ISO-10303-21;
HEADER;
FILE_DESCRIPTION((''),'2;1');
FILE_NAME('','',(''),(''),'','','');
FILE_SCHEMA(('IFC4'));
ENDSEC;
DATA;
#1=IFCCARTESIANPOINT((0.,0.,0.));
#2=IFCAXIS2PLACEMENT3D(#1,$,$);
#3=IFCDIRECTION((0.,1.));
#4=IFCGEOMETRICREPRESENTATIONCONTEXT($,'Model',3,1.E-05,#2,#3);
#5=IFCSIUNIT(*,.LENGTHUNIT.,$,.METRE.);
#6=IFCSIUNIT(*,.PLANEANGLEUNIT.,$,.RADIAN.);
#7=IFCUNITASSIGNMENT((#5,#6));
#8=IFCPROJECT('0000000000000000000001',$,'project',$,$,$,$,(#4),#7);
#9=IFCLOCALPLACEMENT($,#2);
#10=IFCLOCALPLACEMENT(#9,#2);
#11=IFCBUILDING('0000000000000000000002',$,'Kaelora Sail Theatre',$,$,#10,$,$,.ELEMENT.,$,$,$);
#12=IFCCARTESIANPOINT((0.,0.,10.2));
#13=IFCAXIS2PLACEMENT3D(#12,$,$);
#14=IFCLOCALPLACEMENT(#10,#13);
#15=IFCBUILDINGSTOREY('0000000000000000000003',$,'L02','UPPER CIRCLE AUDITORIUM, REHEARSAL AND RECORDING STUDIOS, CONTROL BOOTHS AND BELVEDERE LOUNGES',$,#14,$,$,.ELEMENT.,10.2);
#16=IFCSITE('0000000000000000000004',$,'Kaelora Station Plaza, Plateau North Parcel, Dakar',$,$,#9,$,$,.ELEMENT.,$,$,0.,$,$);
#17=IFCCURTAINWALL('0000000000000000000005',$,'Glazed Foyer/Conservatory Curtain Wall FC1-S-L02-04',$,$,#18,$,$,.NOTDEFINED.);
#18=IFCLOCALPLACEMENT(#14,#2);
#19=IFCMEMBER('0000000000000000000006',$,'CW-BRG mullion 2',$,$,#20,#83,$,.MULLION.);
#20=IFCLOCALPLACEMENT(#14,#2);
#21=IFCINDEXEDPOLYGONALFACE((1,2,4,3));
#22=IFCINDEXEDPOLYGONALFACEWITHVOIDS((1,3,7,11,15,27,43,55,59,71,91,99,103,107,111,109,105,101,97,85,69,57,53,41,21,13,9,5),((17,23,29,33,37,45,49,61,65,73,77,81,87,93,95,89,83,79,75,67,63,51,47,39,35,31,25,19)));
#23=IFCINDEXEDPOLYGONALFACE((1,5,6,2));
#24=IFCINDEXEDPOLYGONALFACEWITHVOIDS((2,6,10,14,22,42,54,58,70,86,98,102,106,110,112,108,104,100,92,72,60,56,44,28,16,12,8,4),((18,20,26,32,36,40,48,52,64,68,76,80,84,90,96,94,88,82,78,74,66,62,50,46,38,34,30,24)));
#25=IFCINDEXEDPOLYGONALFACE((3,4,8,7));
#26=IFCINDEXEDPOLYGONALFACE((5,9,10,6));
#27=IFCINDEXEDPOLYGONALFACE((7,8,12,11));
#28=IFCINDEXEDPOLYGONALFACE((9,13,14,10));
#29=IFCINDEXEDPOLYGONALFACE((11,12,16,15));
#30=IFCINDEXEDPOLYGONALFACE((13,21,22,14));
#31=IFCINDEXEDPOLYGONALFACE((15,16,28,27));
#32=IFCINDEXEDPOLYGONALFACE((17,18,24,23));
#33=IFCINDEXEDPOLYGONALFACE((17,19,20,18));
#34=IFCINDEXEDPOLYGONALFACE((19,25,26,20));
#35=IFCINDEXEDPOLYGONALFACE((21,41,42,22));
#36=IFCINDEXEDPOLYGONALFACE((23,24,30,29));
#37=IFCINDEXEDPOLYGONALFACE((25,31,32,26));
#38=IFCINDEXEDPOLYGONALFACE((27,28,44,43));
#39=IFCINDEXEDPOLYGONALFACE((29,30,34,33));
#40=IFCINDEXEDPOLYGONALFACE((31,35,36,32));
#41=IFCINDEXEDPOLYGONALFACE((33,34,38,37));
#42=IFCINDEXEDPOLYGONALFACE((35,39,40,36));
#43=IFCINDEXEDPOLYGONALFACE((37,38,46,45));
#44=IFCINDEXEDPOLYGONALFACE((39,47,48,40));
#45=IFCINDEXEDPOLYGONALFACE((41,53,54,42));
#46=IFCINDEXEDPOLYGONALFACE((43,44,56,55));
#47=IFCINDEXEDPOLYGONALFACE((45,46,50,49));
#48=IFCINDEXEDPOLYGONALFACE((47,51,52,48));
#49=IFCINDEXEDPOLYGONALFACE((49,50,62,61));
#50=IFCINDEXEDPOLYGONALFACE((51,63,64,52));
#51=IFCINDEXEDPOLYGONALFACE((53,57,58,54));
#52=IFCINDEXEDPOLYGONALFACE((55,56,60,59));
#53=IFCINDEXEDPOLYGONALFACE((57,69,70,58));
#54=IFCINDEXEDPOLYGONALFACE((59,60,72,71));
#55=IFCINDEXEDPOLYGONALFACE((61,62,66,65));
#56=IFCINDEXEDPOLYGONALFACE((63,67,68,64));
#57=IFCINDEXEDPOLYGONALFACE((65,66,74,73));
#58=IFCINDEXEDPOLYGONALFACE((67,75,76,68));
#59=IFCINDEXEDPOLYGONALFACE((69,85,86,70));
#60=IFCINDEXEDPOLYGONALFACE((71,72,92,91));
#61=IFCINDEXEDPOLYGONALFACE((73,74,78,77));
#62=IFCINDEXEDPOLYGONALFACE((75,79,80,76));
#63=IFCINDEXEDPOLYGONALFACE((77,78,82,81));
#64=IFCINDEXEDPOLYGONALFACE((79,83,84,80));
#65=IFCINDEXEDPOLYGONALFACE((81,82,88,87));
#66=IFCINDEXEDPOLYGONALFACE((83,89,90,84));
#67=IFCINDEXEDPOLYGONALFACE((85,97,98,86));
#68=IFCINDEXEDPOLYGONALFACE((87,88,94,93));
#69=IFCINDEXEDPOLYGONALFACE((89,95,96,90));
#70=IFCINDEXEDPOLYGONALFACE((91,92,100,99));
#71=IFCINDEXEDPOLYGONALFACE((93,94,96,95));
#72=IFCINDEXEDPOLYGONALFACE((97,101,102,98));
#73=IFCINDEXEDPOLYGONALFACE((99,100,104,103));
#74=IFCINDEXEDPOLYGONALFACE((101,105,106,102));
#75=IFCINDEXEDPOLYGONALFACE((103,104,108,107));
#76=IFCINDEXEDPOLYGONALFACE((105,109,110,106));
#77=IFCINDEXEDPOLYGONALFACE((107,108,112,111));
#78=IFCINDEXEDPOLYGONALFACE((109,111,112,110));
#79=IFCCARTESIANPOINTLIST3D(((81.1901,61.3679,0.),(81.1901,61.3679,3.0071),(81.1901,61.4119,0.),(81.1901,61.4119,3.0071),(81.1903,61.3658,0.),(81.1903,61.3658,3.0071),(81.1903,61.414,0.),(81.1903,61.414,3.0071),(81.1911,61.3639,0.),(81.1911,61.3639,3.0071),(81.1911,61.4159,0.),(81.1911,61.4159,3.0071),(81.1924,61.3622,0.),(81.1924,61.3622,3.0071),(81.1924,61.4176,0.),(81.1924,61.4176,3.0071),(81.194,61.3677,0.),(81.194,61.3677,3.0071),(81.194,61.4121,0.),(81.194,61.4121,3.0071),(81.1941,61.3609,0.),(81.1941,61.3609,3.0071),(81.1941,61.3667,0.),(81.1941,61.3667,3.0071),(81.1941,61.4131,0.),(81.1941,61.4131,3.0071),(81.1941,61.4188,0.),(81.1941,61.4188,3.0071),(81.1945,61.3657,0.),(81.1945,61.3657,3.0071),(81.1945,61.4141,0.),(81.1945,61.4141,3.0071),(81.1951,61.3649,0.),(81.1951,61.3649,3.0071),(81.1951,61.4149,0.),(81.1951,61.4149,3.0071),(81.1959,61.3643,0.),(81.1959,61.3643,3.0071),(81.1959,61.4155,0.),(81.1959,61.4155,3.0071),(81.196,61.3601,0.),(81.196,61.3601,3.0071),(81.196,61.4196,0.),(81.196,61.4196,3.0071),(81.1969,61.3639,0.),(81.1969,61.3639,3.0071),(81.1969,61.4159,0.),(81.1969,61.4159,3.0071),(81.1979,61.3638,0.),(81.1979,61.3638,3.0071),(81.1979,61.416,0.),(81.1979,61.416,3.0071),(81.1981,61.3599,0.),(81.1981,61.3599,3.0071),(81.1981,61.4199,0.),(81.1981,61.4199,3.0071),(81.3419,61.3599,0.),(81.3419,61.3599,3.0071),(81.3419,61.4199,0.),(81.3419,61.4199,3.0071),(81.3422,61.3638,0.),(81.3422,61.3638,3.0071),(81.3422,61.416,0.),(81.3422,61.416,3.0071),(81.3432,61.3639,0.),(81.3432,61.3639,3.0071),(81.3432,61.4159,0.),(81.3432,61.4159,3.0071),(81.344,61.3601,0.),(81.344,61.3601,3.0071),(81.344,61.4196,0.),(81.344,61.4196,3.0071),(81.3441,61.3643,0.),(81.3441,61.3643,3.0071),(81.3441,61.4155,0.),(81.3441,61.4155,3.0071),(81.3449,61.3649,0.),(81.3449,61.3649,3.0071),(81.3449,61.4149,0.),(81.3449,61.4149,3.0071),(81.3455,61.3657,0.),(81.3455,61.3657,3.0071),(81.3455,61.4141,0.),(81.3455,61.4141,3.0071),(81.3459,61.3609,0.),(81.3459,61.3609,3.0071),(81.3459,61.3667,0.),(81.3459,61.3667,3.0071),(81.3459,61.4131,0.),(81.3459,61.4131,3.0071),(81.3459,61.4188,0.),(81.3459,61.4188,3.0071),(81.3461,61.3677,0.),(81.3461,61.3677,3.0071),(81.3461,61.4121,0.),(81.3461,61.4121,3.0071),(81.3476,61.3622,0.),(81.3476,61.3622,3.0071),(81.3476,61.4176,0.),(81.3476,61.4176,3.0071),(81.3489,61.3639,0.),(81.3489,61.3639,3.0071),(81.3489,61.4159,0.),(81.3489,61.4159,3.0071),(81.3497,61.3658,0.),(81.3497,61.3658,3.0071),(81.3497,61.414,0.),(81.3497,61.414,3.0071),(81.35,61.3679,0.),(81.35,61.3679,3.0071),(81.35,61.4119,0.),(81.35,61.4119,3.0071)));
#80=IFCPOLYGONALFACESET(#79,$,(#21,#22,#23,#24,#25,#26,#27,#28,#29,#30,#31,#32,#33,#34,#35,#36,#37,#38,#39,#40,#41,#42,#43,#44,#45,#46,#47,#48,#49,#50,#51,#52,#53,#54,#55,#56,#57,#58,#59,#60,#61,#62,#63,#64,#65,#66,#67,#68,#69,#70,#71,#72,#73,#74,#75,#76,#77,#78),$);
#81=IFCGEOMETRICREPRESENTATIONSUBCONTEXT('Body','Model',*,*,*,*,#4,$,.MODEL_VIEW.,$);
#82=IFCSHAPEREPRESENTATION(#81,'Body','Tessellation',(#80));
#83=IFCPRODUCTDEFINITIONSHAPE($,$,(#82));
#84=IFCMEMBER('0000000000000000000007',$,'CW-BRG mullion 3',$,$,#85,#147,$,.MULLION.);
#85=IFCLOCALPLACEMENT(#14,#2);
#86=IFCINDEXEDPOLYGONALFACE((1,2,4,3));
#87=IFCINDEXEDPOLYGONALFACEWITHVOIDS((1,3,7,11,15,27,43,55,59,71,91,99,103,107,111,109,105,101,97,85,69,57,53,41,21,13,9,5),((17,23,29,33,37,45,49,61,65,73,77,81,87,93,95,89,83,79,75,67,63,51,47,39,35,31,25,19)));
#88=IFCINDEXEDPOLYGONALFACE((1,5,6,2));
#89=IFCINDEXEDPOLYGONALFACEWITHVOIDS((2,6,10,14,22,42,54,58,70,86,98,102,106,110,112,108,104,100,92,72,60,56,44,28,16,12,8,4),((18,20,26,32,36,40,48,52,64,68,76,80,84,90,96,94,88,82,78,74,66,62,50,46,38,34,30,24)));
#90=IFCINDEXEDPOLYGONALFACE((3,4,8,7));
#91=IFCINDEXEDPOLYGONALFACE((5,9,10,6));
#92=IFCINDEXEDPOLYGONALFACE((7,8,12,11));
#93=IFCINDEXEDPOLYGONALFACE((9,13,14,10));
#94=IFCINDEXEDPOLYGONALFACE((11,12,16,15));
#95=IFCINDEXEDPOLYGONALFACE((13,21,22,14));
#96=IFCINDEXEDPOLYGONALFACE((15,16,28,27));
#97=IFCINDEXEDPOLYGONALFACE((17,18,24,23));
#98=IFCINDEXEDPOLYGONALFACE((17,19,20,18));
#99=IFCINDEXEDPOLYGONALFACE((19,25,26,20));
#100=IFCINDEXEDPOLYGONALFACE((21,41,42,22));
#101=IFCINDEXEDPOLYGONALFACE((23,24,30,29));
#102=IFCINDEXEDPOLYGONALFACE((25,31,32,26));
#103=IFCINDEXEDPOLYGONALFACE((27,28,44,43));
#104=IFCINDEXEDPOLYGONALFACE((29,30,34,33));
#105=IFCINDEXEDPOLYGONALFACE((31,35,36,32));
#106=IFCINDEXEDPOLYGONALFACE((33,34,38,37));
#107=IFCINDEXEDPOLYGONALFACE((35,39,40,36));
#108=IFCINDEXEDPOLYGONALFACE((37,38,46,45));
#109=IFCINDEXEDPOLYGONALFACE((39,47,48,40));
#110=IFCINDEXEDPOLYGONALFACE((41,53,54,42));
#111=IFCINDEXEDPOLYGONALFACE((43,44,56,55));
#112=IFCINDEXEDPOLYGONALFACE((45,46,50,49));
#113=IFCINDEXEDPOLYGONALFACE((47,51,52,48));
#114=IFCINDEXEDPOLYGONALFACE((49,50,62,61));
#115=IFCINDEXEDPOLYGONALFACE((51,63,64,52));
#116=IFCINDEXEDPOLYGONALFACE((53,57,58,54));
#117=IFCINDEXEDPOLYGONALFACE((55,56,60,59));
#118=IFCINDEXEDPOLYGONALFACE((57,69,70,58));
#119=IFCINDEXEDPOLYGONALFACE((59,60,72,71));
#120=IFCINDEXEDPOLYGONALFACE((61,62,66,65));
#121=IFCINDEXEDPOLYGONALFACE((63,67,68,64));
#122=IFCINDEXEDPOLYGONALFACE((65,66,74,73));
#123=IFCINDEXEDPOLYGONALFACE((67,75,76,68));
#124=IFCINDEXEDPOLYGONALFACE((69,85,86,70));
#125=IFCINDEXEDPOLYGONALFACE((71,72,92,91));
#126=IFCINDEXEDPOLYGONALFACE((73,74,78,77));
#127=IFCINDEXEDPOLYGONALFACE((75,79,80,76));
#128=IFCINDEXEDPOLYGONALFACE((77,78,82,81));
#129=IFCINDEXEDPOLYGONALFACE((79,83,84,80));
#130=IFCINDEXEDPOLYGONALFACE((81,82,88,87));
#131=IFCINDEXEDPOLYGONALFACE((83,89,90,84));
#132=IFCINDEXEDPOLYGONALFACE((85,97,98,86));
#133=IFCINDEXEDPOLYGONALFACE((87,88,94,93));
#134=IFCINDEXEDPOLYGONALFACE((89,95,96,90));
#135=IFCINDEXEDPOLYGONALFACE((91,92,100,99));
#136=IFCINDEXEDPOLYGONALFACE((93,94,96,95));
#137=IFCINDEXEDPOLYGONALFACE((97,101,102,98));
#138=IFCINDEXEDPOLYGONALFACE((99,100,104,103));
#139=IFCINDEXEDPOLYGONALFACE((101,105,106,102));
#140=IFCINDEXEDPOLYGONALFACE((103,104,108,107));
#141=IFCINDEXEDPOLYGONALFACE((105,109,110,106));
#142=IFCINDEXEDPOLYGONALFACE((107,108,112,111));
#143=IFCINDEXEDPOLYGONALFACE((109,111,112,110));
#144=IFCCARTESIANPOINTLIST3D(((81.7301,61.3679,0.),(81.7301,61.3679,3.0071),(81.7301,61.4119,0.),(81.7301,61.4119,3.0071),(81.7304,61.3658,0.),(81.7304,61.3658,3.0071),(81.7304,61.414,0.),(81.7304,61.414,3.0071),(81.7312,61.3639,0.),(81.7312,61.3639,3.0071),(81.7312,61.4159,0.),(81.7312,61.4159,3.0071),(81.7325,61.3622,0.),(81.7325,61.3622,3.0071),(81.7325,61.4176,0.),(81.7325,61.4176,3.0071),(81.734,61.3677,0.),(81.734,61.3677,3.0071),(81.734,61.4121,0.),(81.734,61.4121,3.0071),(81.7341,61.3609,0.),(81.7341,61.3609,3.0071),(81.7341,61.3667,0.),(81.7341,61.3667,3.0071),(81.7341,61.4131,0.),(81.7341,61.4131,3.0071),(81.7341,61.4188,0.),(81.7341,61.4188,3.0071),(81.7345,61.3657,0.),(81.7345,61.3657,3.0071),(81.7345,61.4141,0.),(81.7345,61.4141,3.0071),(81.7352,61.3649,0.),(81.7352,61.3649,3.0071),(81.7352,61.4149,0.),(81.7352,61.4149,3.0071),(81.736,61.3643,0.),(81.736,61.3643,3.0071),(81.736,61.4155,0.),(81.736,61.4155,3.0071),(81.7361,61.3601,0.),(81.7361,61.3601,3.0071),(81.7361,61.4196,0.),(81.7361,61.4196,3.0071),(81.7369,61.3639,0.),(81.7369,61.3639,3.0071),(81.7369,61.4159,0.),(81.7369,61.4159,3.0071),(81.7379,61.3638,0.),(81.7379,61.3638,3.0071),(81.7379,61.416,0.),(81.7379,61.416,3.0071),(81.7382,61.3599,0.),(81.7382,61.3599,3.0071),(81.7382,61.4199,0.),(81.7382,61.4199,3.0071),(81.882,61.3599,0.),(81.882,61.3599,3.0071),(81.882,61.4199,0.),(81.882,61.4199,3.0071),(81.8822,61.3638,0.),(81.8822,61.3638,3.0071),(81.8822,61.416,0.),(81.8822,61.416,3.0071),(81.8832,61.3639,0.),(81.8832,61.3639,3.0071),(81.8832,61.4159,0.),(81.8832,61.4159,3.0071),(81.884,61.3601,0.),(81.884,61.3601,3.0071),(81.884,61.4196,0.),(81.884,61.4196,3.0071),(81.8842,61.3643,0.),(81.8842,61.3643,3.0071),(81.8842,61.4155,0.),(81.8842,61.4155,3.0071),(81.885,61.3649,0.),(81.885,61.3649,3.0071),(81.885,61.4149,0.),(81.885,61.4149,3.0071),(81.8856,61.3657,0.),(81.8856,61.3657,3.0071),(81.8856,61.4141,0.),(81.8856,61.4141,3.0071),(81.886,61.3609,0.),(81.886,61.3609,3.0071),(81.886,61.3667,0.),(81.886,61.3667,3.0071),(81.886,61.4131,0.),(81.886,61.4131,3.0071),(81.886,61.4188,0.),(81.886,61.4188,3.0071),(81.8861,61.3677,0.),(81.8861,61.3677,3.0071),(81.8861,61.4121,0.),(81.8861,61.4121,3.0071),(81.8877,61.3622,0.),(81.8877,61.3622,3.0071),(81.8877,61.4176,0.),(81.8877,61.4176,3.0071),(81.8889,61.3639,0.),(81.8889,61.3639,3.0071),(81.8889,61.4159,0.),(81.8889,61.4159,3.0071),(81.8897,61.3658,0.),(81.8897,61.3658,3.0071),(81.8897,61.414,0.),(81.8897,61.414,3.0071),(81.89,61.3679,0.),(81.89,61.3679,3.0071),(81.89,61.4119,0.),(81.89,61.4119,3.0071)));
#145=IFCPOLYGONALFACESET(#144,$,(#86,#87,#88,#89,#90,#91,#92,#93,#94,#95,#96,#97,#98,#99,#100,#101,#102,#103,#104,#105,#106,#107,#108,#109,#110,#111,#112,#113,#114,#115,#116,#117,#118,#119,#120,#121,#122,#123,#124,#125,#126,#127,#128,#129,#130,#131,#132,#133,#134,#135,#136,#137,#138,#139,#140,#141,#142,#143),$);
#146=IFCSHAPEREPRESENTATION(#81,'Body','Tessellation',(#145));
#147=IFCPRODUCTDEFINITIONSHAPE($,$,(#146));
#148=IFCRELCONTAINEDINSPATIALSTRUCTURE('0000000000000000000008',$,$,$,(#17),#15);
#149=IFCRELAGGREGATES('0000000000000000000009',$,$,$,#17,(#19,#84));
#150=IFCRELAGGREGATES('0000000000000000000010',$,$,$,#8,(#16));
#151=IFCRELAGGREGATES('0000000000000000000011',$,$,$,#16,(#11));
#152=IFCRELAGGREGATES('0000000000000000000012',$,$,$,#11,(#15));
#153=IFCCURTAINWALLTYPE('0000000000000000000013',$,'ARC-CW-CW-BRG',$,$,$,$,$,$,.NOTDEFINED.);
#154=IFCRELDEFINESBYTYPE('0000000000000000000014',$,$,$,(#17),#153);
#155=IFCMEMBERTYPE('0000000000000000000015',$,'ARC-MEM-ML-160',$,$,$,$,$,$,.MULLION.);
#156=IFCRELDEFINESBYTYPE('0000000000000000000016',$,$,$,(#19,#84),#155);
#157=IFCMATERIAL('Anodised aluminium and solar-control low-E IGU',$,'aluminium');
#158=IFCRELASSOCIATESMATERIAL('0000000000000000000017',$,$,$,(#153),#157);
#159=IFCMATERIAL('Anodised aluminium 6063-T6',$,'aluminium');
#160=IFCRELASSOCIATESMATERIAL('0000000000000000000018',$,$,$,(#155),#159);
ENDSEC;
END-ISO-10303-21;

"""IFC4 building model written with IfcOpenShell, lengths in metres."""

from ifc_helpers import new_model, si_unit, direction, frame, origin, origin_2d, place, context, subcontext, project, spatial, hollow_rectangle, extrude, material, material_profile, profile_set, type_object, element, aggregate, save


model = new_model("IFC4")

# Units and contexts
model_context = context("Model", 3, precision=1e-05, world=origin(), true_north=direction((0.0, 1.0)))
body_context = subcontext(model_context, "Body", "Model", "MODEL_VIEW")
ifc_project = project(units=[si_unit("LENGTHUNIT", "METRE"), si_unit("PLANEANGLEUNIT", "RADIAN")], contexts=[model_context])

# Site, building, storey
site_placement = place(None, origin())
site = spatial("IfcSite", under=ifc_project, at=site_placement, Name="Kaelora Station Plaza, Plateau North Parcel, Dakar", CompositionType="ELEMENT", RefElevation=0.0)
building_placement = place(site_placement, origin())
building = spatial("IfcBuilding", under=site, at=building_placement, Name="Kaelora Sail Theatre", CompositionType="ELEMENT")
storey_placement = place(building_placement, frame((0.0, 0.0, 10.2)))
storey = spatial("IfcBuildingStorey", under=building, at=storey_placement, Name="L02", Description="UPPER CIRCLE AUDITORIUM, REHEARSAL AND RECORDING STUDIOS, CONTROL BOOTHS AND BELVEDERE LOUNGES", CompositionType="ELEMENT", Elevation=10.2)

# Shared definitions
ifc_material_1 = material(Name="Anodised aluminium and solar-control low-E IGU", Category="aluminium")
curtain_wall_type = type_object("IfcCurtainWallType", Name="ARC-CW-CW-BRG", PredefinedType="NOTDEFINED", material=ifc_material_1)
ifc_material_2 = material(Name="Anodised aluminium 6063-T6", Category="aluminium")
ifc_material_profile_1 = material_profile(ifc_material_2, hollow_rectangle(XDim=0.0601, YDim=0.1599, WallThickness=0.0039, InnerFilletRadius=0.0039, OuterFilletRadius=0.0081, at=origin_2d()), Name="ALU-MULL 60x160x4")
ifc_profile_set_1 = profile_set([ifc_material_profile_1], Name="Anodised aluminium 6063-T6")
member_type_1 = type_object("IfcMemberType", Name="ARC-MEM-ML-160", PredefinedType="MULLION", material=ifc_profile_set_1)

# Curtain wall, members
curtain_wall_1_placement = place(storey_placement, origin())
curtain_wall_1 = element("IfcCurtainWall", 1, at=curtain_wall_1_placement, inside=storey, type_object=curtain_wall_type, Name="Glazed Foyer/Conservatory Curtain Wall FC1-S-L02-04", PredefinedType="NOTDEFINED")
member_1_placement = place(storey_placement, frame((81.27, 61.3899, 0.0), z_axis=(0.0, 0.0, 1.0), x_axis=(0.0, 1.0, 0.0)))
member_1 = element("IfcMember", 2, at=member_1_placement, type_object=member_type_1, Name="CW-BRG mullion 2", PredefinedType="MULLION", context=body_context, shape_type="SweptSolid", body=[
    extrude(hollow_rectangle(XDim=0.0601, YDim=0.1599, WallThickness=0.0039, InnerFilletRadius=0.0039, OuterFilletRadius=0.0081, at=origin_2d()), origin(), (0.0, 0.0, 1.0), 3.0071),
])
member_2_placement = place(storey_placement, frame((81.8101, 61.3899, 0.0), z_axis=(0.0, 0.0, 1.0), x_axis=(0.0, 1.0, 0.0)))
member_2 = element("IfcMember", 3, at=member_2_placement, type_object=member_type_1, Name="CW-BRG mullion 3", PredefinedType="MULLION", context=body_context, shape_type="SweptSolid", body=[
    extrude(hollow_rectangle(XDim=0.0601, YDim=0.1599, WallThickness=0.0039, InnerFilletRadius=0.0039, OuterFilletRadius=0.0081, at=origin_2d()), origin(), (0.0, 0.0, 1.0), 3.0071),
])

aggregate(curtain_wall_1, [member_1, member_2])

save(model, "model.ifc")
